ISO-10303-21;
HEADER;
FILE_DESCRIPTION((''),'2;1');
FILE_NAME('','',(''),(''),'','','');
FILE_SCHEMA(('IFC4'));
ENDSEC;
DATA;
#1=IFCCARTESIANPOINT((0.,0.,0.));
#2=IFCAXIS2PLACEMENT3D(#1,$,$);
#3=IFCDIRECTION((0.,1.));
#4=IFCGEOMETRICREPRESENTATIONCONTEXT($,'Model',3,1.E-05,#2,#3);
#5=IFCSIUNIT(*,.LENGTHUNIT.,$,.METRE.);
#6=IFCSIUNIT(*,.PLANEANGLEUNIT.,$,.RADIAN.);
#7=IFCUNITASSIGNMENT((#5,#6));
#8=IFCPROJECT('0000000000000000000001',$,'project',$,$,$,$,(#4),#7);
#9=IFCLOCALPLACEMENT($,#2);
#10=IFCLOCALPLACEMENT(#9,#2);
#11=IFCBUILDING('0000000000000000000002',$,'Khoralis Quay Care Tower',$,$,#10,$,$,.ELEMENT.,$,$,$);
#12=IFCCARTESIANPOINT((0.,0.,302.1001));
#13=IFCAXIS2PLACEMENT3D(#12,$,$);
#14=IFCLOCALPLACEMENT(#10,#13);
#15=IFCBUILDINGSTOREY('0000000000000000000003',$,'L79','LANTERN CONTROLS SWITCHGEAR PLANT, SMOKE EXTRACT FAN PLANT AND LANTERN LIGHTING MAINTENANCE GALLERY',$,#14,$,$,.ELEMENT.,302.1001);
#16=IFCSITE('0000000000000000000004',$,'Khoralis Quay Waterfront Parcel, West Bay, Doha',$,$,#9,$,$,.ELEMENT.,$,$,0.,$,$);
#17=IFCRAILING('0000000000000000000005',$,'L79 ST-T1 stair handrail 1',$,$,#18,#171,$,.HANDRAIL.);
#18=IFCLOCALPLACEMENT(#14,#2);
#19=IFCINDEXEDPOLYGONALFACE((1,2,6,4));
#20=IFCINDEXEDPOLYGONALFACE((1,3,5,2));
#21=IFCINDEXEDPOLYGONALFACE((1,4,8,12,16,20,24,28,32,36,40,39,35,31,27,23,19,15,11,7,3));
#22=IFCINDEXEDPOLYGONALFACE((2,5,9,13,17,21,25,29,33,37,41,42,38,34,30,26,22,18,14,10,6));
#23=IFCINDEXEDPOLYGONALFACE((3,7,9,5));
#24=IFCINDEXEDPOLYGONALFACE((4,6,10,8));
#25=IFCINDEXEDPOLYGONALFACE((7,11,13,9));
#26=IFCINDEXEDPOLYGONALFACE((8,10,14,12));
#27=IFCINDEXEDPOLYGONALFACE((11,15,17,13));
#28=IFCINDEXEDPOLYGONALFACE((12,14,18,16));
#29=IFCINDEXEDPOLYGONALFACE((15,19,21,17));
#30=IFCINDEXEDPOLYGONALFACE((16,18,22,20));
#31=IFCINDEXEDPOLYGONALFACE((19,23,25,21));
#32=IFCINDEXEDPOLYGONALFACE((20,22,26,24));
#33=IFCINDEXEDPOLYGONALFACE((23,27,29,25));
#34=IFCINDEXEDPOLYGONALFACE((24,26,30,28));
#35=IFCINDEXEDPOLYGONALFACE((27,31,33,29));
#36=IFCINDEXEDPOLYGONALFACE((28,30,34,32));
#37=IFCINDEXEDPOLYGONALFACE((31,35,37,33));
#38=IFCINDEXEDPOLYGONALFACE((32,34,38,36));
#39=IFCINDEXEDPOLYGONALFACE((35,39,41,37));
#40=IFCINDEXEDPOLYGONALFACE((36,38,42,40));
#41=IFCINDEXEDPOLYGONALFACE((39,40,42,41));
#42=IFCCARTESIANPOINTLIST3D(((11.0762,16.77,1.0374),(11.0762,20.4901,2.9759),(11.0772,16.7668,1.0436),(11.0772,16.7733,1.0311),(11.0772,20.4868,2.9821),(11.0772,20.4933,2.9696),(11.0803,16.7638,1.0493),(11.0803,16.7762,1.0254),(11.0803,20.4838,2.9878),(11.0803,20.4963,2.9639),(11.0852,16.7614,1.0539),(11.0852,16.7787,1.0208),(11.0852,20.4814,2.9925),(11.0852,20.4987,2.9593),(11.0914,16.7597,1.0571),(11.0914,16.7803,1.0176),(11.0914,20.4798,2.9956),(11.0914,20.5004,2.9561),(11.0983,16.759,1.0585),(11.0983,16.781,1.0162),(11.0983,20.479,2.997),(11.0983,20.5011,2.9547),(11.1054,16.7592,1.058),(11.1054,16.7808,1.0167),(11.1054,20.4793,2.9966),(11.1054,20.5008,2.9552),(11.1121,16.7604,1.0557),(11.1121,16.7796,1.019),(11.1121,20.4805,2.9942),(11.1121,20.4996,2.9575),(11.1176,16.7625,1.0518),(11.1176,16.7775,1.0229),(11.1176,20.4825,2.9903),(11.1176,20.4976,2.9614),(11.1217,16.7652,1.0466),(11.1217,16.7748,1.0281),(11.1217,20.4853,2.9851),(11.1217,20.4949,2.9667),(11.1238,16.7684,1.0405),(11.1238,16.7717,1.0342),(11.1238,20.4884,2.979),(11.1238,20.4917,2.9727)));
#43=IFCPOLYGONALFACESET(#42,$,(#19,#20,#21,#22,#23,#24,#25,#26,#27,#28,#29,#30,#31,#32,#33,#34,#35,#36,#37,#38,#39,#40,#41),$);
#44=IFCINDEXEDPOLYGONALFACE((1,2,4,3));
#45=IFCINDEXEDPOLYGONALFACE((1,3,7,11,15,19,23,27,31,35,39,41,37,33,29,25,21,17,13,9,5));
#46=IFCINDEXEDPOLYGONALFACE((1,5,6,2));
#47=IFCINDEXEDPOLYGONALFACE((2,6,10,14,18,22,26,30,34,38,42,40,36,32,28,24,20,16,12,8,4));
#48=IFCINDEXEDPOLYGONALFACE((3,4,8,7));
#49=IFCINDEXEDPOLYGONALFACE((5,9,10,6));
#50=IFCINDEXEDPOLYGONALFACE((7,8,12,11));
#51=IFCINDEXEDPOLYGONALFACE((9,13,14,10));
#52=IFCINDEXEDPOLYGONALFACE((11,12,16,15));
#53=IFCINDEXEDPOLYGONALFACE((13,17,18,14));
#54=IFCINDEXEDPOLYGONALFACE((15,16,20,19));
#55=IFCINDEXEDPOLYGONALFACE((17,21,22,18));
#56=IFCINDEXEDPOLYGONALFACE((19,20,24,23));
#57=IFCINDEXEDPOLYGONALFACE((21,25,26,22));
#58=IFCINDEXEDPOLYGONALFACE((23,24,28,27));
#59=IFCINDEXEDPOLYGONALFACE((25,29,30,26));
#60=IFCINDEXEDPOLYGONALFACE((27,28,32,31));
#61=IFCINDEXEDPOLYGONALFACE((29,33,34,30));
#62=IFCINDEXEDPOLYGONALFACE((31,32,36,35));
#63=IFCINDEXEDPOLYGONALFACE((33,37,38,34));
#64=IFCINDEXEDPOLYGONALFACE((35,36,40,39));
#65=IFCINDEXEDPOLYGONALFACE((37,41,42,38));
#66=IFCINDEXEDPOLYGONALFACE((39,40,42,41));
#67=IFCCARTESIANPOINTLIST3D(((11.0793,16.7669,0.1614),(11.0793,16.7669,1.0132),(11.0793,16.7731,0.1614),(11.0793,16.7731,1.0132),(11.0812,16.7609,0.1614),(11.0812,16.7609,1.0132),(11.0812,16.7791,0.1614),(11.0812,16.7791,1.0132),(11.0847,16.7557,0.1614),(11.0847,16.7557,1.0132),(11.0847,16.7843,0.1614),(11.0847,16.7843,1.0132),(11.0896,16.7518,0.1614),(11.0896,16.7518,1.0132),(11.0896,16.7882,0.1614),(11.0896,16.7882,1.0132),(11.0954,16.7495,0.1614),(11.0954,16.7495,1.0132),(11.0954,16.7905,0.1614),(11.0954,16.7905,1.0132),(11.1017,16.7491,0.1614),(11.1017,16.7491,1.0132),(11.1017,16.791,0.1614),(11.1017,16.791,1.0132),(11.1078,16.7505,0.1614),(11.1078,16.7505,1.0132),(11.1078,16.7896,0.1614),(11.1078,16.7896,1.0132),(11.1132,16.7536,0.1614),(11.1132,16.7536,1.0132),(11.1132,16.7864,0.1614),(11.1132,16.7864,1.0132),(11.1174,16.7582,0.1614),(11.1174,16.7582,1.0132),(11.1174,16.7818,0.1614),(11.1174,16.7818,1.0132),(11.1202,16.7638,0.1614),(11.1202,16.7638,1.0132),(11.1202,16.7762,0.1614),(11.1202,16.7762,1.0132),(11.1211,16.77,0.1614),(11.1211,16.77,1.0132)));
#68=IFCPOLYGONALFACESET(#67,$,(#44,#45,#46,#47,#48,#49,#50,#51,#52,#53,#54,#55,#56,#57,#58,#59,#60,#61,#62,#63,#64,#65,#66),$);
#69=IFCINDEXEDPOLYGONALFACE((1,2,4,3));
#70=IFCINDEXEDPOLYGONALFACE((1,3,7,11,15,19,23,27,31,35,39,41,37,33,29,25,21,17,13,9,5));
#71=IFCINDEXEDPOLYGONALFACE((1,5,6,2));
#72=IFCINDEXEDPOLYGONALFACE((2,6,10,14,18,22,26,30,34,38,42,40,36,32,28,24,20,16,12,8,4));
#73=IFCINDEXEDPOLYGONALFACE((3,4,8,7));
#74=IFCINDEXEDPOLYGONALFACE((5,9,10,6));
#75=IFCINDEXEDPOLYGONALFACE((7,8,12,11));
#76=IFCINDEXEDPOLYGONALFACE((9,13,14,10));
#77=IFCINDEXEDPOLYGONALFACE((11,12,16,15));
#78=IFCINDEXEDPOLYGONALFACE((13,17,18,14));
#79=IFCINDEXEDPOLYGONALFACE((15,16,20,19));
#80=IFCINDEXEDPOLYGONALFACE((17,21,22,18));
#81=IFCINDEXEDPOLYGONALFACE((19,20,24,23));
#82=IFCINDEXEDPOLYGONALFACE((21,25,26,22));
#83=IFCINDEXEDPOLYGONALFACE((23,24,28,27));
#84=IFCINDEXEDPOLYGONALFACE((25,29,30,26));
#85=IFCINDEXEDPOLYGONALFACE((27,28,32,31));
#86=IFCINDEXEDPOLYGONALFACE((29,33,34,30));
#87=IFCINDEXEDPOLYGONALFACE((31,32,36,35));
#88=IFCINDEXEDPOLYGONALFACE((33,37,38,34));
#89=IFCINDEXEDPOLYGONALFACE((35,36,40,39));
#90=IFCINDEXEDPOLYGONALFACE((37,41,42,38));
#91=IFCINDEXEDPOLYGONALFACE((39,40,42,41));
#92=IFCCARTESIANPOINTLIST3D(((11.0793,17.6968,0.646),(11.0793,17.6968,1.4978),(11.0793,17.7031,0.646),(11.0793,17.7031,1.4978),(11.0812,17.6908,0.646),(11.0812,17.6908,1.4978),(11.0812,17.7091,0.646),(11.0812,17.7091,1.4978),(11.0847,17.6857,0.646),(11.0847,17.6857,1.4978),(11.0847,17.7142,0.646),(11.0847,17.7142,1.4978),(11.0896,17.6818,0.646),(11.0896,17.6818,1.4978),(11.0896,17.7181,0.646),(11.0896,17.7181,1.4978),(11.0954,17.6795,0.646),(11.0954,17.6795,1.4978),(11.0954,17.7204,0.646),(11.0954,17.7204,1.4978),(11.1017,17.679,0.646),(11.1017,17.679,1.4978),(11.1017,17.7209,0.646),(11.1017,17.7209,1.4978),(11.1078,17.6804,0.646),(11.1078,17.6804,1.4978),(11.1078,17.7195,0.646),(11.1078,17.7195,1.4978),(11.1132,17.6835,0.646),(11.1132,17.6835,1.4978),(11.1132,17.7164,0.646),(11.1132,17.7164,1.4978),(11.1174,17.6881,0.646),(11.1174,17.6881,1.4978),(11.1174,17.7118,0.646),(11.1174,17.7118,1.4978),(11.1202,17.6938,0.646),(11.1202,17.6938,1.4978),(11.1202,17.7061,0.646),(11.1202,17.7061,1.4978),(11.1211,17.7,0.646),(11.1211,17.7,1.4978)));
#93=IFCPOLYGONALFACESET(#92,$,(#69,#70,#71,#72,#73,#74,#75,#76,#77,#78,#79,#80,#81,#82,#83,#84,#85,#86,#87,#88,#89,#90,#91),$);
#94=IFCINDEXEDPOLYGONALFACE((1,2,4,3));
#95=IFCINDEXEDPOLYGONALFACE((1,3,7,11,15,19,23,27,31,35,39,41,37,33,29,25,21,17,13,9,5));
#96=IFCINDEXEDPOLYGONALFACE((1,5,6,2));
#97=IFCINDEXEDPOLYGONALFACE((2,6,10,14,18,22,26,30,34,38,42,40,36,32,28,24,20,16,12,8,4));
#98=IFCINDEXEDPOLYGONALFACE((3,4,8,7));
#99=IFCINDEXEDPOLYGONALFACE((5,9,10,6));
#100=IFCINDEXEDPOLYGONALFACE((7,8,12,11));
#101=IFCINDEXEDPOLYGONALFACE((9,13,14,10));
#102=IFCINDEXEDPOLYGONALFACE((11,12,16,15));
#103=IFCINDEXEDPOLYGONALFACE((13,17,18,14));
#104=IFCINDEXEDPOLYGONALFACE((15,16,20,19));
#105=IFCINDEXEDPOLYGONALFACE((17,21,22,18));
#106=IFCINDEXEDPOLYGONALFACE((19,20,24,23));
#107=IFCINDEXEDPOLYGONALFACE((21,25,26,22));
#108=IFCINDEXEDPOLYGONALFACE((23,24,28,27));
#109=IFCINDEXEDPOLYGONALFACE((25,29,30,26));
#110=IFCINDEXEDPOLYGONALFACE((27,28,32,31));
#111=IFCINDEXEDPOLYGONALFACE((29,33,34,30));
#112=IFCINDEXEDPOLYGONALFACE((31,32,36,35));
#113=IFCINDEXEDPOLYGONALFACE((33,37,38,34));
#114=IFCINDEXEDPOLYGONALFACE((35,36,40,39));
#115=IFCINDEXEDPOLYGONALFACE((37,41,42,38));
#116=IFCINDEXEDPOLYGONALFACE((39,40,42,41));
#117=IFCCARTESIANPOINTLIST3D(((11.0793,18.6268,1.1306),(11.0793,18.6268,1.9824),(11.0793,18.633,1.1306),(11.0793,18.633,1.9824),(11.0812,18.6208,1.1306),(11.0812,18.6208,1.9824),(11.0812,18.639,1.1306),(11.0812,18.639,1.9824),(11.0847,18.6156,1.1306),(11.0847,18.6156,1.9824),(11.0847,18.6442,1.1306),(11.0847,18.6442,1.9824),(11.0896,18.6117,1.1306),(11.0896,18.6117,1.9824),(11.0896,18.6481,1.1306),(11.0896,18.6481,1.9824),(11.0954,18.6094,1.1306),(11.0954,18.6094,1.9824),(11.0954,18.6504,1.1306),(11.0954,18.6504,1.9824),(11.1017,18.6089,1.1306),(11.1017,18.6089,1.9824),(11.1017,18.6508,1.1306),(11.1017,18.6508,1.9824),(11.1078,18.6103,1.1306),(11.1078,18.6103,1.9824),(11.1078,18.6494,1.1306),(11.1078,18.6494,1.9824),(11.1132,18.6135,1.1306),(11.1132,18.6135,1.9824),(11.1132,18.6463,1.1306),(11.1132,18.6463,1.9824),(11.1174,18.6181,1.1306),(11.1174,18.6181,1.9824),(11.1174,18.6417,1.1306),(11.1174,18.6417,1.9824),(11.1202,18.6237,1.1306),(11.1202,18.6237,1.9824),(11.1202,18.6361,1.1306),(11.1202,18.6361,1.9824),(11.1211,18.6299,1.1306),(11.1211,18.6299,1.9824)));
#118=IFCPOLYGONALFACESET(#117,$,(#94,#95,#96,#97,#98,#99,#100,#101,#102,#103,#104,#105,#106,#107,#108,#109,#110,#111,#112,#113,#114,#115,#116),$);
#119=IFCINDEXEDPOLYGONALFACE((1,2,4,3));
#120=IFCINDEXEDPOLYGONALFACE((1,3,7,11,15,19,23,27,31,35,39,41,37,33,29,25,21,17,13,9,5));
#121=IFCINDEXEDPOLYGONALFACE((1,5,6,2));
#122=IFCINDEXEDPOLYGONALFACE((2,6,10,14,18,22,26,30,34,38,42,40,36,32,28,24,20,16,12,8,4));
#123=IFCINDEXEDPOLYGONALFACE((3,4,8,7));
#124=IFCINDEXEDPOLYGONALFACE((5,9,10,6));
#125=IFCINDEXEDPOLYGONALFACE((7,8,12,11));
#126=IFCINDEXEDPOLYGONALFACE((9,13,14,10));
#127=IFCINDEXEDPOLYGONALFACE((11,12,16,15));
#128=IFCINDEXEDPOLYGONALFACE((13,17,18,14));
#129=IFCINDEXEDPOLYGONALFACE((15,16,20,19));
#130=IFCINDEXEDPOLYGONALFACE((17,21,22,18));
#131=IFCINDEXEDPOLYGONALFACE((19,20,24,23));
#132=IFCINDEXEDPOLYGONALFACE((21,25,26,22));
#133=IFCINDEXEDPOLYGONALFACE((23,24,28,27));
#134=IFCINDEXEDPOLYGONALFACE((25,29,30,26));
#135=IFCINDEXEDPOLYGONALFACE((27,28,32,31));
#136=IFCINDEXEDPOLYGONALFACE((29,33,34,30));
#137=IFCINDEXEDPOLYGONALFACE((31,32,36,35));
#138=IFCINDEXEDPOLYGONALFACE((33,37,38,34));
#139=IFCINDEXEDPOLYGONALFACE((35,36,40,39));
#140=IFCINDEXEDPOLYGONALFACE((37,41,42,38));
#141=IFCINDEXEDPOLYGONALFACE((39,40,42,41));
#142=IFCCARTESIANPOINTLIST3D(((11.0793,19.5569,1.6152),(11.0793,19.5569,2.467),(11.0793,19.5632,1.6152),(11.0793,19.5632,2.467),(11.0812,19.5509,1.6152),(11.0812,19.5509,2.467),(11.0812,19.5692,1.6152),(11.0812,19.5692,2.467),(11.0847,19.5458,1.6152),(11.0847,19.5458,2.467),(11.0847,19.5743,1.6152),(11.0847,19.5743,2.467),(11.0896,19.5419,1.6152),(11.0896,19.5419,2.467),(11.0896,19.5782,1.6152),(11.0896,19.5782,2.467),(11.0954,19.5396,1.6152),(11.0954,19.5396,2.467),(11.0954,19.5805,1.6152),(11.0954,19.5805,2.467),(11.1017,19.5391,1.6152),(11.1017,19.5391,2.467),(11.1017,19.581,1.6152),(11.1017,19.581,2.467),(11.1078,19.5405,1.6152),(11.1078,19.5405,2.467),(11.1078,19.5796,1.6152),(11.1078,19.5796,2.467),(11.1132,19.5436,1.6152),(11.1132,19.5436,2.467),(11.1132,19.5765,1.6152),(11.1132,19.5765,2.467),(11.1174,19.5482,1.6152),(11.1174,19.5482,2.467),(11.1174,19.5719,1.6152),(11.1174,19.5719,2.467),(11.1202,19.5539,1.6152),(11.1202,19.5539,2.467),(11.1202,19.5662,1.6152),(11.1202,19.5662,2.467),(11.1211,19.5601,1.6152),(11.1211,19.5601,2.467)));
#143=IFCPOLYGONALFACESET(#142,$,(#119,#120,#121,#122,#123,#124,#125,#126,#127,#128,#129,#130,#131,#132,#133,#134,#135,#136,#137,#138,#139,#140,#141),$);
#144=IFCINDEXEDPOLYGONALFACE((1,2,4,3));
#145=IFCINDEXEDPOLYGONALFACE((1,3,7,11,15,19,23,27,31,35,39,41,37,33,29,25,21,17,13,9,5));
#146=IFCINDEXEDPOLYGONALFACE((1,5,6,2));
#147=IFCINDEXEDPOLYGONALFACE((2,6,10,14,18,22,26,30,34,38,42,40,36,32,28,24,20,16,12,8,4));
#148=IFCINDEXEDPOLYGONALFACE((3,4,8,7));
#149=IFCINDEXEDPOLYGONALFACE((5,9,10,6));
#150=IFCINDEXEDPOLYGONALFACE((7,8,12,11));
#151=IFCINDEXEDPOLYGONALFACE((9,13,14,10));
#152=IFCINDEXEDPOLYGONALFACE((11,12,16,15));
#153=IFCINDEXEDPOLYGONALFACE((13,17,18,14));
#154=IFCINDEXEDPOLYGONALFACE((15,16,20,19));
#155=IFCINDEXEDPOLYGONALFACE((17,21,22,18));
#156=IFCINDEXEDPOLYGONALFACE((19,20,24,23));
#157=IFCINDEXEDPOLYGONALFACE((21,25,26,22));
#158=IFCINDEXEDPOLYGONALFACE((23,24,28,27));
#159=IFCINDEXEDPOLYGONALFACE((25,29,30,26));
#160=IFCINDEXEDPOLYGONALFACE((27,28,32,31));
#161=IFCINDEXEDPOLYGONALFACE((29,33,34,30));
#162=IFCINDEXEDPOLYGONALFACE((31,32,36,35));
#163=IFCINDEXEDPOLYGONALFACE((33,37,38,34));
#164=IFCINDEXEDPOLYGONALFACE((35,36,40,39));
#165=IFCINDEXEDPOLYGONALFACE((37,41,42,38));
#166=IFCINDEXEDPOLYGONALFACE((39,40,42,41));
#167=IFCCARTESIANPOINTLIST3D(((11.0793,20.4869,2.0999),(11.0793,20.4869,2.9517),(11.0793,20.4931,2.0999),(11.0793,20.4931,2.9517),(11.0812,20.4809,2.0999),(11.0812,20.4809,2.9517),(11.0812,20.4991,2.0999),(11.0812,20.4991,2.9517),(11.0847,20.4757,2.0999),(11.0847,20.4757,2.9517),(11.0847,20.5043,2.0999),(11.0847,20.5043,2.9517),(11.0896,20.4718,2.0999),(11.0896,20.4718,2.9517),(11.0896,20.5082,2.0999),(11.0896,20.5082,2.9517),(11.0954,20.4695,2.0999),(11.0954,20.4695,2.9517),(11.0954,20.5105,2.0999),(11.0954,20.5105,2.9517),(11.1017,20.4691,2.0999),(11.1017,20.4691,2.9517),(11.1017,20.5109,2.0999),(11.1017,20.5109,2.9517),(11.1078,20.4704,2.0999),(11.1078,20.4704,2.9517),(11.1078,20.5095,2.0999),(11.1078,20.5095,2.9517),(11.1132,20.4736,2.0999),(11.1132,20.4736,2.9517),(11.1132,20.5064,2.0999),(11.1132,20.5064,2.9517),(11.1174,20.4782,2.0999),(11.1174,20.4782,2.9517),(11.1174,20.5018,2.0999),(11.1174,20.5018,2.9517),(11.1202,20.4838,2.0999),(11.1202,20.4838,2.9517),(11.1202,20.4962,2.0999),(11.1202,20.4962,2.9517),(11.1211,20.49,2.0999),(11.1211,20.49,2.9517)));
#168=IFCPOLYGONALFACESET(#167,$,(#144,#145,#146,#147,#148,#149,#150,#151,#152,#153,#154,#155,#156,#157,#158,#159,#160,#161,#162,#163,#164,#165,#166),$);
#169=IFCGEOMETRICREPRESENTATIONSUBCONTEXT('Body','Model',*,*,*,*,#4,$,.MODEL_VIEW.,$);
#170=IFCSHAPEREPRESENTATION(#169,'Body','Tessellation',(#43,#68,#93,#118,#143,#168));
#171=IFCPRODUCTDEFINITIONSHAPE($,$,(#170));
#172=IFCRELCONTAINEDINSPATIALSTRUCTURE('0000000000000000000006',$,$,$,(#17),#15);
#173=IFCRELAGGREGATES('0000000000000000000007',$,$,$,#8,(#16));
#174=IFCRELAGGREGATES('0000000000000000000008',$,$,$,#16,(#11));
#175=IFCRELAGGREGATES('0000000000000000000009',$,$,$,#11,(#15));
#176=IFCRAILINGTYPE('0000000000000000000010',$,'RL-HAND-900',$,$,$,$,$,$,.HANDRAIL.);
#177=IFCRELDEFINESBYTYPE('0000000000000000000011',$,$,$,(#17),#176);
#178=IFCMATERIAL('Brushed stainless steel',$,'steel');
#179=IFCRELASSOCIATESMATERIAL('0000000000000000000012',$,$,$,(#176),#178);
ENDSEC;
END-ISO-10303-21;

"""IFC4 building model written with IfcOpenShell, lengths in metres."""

from ifc_helpers import new_model, si_unit, direction, frame, origin, origin_2d, place, context, subcontext, project, spatial, circle, extrude, material, type_object, element, save


model = new_model("IFC4")

# Units and contexts
model_context = context("Model", 3, precision=1e-05, world=origin(), true_north=direction((0.0, 1.0)))
body_context = subcontext(model_context, "Body", "Model", "MODEL_VIEW")
ifc_project = project(units=[si_unit("LENGTHUNIT", "METRE"), si_unit("PLANEANGLEUNIT", "RADIAN")], contexts=[model_context])

# Site, building, storey
site_placement = place(None, origin())
site = spatial("IfcSite", under=ifc_project, at=site_placement, Name="Khoralis Quay Waterfront Parcel, West Bay, Doha", CompositionType="ELEMENT", RefElevation=0.0)
building_placement = place(site_placement, origin())
building = spatial("IfcBuilding", under=site, at=building_placement, Name="Khoralis Quay Care Tower", CompositionType="ELEMENT")
storey_placement = place(building_placement, frame((0.0, 0.0, 302.1001)))
storey = spatial("IfcBuildingStorey", under=building, at=storey_placement, Name="L79", Description="LANTERN CONTROLS SWITCHGEAR PLANT, SMOKE EXTRACT FAN PLANT AND LANTERN LIGHTING MAINTENANCE GALLERY", CompositionType="ELEMENT", Elevation=302.1001)

# Shared definitions
ifc_material_1 = material(Name="Brushed stainless steel", Category="steel")

# Railing
railing_type_1 = type_object("IfcRailingType", Name="RL-HAND-900", PredefinedType="HANDRAIL", material=ifc_material_1)
railing_1_placement = place(storey_placement, frame((11.1001, 16.77, 0.1614)))
element("IfcRailing", 1, at=railing_1_placement, inside=storey, type_object=railing_type_1, Name="L79 ST-T1 stair handrail 1", PredefinedType="HANDRAIL", context=body_context, shape_type="SweptSolid", body=[
    extrude(circle(Radius=0.0239, at=origin_2d()), frame((0.0, 0.0, 0.876), z_axis=(0.0, 0.886817, 0.46212), x_axis=(-1.0, 0.0, 0.0)), (0.0, 0.0, 1.0), 4.1948),
    extrude(circle(Radius=0.021, at=origin_2d()), origin(), (0.0, 0.0, 1.0), 0.8518),
    extrude(circle(Radius=0.021, at=origin_2d()), frame((0.0, 0.9299, 0.4846)), (0.0, 0.0, 1.0), 0.8518),
    extrude(circle(Radius=0.021, at=origin_2d()), frame((0.0, 1.8599, 0.9692)), (0.0, 0.0, 1.0), 0.8518),
    extrude(circle(Radius=0.021, at=origin_2d()), frame((0.0, 2.79, 1.4539)), (0.0, 0.0, 1.0), 0.8518),
    extrude(circle(Radius=0.021, at=origin_2d()), frame((0.0, 3.72, 1.9385)), (0.0, 0.0, 1.0), 0.8518),
])

save(model, "model.ifc")
